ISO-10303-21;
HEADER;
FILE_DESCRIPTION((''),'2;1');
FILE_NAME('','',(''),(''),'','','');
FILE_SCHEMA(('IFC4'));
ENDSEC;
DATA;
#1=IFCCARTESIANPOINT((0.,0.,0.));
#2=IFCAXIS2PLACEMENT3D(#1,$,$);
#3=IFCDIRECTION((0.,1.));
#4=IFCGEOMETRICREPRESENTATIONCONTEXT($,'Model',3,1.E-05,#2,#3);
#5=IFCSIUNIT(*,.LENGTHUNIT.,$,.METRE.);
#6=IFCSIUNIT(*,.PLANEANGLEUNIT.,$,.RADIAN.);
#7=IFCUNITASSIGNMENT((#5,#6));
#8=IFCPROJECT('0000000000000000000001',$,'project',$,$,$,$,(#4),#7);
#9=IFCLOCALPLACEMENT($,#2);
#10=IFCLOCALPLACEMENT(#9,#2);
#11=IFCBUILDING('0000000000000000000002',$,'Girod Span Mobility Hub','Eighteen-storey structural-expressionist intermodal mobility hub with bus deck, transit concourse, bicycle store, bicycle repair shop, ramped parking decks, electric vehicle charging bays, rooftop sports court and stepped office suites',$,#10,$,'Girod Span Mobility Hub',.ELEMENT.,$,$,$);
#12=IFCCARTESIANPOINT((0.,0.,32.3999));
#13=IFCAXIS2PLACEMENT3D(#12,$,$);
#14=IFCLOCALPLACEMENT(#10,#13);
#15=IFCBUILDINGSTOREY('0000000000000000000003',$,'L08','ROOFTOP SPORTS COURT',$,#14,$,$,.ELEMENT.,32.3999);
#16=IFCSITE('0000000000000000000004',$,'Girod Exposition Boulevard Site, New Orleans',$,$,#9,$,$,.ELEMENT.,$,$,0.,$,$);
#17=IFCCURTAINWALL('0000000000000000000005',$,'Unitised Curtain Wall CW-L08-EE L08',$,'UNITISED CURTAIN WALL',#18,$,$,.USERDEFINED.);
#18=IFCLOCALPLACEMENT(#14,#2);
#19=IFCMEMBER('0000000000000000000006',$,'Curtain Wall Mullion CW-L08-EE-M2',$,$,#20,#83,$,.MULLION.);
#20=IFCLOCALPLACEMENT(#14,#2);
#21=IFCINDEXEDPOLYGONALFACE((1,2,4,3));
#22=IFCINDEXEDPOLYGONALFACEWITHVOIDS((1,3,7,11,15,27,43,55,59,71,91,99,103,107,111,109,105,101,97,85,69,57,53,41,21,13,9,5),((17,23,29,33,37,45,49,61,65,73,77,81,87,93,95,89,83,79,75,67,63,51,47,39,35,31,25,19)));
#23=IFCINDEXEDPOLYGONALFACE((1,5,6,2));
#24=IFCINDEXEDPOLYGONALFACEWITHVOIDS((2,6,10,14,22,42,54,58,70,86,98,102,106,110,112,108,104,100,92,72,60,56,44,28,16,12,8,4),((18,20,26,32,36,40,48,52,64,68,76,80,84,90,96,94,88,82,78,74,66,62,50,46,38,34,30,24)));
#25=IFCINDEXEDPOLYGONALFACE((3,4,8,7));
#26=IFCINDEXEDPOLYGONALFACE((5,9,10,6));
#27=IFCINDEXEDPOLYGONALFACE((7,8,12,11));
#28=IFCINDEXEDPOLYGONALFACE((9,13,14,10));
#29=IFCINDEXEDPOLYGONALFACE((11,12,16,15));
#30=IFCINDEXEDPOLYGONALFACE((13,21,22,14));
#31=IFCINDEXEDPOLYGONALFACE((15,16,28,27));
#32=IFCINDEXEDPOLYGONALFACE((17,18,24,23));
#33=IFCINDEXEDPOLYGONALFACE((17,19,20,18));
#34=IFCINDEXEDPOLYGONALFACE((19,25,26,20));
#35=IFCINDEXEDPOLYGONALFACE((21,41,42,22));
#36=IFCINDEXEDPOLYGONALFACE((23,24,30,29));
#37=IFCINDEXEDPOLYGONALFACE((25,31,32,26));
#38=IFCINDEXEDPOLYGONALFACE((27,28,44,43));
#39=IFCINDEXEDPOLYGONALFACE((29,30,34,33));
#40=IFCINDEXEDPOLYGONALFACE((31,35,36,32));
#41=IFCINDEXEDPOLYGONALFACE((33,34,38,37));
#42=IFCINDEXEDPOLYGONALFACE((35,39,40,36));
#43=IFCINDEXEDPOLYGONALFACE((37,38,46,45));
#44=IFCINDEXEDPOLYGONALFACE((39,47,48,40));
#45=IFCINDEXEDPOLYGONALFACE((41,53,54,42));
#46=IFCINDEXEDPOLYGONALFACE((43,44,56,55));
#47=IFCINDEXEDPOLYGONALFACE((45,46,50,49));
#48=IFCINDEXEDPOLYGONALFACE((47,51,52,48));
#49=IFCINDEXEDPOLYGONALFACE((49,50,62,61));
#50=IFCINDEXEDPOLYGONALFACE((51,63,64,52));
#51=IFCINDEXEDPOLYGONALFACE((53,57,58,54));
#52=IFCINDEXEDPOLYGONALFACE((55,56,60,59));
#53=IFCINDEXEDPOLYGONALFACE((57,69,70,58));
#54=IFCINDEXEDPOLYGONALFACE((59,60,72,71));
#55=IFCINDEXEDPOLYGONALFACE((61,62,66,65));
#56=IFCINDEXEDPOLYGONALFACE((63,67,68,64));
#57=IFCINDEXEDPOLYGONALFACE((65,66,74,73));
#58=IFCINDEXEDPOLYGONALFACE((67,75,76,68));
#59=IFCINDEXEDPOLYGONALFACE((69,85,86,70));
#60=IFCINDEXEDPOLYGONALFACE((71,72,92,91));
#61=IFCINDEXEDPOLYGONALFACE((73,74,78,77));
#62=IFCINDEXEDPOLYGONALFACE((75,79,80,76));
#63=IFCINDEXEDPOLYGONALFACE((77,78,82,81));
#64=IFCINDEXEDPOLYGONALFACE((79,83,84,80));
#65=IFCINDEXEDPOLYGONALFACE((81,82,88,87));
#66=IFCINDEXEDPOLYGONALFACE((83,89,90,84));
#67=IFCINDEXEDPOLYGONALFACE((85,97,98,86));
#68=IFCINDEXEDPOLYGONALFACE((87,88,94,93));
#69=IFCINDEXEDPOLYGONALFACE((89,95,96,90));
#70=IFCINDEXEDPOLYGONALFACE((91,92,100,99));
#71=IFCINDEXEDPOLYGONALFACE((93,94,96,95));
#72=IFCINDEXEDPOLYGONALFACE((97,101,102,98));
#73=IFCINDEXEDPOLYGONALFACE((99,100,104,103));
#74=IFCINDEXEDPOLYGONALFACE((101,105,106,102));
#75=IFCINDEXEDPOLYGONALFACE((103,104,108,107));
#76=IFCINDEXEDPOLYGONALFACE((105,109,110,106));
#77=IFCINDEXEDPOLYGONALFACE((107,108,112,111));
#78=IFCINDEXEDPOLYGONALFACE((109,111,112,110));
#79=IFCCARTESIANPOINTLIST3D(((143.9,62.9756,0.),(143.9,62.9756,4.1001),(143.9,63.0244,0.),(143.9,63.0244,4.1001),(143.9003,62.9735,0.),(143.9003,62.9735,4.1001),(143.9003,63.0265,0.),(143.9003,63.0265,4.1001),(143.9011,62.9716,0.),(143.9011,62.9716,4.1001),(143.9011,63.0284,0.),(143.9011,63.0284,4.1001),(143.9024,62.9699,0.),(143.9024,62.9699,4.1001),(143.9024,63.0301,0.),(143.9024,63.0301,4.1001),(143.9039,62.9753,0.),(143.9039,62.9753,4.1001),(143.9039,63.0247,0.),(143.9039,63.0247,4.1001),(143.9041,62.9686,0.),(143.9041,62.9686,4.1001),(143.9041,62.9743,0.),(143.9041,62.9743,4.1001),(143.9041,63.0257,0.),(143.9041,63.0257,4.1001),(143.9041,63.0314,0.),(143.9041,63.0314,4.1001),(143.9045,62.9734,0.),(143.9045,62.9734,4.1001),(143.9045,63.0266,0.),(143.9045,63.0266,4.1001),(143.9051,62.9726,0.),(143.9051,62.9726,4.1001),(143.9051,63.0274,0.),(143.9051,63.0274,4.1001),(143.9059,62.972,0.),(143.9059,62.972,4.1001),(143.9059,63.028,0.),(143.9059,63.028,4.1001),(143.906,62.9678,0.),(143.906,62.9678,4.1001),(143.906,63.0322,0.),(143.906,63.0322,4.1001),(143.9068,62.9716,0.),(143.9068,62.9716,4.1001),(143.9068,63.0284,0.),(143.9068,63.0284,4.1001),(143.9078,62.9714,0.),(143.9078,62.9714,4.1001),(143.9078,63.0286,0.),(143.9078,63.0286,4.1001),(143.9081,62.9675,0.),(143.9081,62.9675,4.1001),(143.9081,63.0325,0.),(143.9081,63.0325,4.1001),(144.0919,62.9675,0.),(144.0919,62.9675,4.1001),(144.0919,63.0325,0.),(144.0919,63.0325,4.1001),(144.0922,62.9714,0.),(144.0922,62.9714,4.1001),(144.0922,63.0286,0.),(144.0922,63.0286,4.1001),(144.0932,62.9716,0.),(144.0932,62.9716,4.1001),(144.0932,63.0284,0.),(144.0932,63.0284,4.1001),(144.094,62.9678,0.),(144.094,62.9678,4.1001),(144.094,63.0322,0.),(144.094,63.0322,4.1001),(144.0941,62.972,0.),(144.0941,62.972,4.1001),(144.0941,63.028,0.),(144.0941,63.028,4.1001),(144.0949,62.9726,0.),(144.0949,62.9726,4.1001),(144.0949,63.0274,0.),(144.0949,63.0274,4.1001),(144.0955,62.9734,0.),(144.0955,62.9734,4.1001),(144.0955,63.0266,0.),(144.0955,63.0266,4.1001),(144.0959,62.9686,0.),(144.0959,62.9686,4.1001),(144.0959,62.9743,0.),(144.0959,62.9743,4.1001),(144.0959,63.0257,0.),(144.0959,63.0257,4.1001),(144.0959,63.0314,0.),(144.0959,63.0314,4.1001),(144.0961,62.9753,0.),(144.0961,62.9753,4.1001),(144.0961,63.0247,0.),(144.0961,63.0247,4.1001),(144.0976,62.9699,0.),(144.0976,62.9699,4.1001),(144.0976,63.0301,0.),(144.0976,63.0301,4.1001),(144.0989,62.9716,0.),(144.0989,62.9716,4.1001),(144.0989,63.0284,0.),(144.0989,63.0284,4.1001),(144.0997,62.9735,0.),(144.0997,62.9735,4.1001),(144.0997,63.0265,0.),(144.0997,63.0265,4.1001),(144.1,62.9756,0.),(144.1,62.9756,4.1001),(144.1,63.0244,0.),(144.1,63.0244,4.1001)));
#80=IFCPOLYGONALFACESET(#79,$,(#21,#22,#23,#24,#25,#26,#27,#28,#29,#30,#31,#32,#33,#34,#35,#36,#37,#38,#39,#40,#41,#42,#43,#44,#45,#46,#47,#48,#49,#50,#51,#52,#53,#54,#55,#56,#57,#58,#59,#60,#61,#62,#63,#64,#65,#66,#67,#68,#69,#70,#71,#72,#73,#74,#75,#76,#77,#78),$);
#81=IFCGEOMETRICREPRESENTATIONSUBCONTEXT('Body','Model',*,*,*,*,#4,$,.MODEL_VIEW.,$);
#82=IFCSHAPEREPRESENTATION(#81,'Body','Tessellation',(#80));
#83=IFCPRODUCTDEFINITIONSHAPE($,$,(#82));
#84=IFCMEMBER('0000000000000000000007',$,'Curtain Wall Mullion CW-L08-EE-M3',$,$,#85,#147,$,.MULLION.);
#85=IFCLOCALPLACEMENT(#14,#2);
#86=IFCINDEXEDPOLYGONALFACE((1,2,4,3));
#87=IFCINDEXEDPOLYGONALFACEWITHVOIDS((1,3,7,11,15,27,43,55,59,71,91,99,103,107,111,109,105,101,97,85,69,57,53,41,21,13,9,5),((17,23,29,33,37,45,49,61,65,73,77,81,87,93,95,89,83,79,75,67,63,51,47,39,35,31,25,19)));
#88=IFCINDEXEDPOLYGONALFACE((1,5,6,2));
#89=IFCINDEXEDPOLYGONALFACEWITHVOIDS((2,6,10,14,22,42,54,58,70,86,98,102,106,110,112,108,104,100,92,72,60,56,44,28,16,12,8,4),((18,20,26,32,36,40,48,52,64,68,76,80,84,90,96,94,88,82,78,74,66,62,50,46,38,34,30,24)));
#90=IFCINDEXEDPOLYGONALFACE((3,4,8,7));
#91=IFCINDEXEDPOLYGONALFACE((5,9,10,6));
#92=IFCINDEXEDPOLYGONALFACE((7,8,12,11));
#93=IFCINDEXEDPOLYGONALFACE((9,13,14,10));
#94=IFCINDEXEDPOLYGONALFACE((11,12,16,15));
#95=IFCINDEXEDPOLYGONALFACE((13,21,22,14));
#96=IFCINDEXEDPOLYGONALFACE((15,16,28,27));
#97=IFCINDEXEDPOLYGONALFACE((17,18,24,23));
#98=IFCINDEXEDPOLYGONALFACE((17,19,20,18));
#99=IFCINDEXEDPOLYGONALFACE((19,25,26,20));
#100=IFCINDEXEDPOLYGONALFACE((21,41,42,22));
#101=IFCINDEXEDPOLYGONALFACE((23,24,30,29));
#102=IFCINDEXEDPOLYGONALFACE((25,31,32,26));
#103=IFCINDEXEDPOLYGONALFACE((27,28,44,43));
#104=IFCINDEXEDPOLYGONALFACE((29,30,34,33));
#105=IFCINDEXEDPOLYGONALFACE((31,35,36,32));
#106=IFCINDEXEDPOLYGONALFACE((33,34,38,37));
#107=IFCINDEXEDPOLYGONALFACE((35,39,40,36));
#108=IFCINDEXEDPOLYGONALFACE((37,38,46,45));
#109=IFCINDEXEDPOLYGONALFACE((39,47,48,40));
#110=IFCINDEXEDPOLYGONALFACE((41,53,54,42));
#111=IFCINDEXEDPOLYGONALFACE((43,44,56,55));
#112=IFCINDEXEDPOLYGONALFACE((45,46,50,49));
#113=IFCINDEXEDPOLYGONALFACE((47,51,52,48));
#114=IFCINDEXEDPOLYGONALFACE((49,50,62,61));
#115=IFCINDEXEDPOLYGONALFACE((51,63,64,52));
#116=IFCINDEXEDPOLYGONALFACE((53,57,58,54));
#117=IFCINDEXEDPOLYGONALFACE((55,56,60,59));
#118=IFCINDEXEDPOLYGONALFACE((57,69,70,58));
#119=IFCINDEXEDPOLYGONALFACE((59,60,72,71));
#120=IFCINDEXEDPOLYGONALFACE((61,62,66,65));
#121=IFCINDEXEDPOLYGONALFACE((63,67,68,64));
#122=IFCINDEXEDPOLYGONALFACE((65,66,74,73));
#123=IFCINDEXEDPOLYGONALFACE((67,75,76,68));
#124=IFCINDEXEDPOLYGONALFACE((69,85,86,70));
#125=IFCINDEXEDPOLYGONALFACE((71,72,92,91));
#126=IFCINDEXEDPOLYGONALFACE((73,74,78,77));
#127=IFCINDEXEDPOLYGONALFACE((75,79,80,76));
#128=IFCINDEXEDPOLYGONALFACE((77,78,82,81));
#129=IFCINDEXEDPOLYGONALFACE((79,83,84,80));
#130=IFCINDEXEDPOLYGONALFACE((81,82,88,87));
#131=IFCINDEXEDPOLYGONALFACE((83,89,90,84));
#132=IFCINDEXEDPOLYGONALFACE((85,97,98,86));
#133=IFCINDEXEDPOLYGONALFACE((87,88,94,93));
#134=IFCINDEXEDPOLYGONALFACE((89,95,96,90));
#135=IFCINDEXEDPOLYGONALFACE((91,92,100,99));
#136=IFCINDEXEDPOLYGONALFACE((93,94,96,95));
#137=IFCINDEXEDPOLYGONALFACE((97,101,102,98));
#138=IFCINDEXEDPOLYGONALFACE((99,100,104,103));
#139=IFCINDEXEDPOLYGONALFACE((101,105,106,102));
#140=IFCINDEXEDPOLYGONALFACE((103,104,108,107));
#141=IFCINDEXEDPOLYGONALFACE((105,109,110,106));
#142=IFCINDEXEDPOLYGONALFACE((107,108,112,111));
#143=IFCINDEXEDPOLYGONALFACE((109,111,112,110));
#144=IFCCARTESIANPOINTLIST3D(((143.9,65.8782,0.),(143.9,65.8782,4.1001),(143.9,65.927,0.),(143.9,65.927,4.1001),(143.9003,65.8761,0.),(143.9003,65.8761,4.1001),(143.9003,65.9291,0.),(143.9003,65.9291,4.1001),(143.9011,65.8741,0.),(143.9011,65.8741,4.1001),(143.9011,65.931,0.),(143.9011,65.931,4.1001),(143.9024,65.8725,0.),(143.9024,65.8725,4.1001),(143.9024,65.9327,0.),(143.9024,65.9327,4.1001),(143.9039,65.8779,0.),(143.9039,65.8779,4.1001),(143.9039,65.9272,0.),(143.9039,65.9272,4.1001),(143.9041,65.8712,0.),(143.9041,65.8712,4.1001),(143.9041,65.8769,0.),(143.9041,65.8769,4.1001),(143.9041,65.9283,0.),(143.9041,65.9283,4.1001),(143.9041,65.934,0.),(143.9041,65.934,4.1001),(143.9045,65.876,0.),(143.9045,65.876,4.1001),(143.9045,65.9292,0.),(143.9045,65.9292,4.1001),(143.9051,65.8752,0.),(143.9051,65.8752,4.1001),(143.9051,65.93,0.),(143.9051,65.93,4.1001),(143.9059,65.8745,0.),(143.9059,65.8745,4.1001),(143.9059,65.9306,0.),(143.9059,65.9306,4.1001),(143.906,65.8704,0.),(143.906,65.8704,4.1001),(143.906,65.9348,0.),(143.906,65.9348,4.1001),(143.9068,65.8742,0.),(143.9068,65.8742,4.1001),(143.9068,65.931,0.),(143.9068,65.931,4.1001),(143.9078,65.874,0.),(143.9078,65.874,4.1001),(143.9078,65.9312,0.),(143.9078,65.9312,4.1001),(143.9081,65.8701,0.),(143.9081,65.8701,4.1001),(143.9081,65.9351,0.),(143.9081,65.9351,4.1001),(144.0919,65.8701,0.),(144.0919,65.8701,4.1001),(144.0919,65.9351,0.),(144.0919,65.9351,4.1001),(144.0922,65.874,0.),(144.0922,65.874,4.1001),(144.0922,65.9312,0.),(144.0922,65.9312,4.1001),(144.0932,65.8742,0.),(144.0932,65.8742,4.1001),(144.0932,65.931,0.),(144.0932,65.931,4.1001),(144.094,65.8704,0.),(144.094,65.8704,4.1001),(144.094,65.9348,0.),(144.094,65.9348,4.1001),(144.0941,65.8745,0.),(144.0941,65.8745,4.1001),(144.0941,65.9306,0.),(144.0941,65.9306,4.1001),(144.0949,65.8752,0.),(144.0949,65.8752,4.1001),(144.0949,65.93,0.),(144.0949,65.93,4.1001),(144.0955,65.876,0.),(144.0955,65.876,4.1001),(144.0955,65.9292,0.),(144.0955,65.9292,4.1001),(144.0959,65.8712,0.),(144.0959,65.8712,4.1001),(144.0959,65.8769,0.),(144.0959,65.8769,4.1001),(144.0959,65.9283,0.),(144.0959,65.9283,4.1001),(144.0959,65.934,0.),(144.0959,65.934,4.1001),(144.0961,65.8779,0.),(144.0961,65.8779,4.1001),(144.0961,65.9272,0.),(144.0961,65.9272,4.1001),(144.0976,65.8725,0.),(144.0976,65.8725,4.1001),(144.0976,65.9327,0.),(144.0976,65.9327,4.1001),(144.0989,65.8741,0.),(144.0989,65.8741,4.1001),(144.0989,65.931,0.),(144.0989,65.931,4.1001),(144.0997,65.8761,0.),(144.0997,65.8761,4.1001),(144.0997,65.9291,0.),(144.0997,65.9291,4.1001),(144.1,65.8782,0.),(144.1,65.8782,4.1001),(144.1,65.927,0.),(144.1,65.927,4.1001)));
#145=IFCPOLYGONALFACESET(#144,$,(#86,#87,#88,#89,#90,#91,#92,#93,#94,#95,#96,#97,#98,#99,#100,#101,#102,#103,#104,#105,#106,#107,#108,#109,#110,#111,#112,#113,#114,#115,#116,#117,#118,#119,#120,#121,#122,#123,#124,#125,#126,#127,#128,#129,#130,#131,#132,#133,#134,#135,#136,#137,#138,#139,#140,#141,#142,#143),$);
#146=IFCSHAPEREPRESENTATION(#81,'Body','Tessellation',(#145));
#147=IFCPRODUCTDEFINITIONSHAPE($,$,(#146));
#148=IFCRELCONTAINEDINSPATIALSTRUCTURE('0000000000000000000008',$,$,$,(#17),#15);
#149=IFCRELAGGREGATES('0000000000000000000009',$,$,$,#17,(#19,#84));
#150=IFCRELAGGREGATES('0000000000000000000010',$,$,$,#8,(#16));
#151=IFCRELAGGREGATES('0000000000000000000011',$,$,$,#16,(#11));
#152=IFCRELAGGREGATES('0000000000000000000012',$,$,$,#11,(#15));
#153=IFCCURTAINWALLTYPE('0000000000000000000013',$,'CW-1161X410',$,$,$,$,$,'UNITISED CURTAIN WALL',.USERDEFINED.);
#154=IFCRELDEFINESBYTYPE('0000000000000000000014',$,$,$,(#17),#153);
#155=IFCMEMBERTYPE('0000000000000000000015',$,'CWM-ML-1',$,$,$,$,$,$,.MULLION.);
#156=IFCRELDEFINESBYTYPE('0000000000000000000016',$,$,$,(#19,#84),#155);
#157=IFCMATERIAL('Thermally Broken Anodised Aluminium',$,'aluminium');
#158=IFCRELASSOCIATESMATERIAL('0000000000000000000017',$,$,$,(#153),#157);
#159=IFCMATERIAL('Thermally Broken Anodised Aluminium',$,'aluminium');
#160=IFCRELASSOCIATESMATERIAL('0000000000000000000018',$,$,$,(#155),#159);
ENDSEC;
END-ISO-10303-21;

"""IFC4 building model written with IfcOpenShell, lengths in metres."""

from ifc_helpers import new_model, si_unit, direction, frame, origin, origin_2d, place, context, subcontext, project, spatial, hollow_rectangle, extrude, material, material_profile, profile_set, type_object, element, aggregate, save


model = new_model("IFC4")

# Units and contexts
model_context = context("Model", 3, precision=1e-05, world=origin(), true_north=direction((0.0, 1.0)))
body_context = subcontext(model_context, "Body", "Model", "MODEL_VIEW")
ifc_project = project(units=[si_unit("LENGTHUNIT", "METRE"), si_unit("PLANEANGLEUNIT", "RADIAN")], contexts=[model_context])

# Site, building, storey
site_placement = place(None, origin())
site = spatial("IfcSite", under=ifc_project, at=site_placement, Name="Girod Exposition Boulevard Site, New Orleans", CompositionType="ELEMENT", RefElevation=0.0)
building_placement = place(site_placement, origin())
building = spatial("IfcBuilding", under=site, at=building_placement, Name="Girod Span Mobility Hub", Description="Eighteen-storey structural-expressionist intermodal mobility hub with bus deck, transit concourse, bicycle store, bicycle repair shop, ramped parking decks, electric vehicle charging bays, rooftop sports court and stepped office suites", LongName="Girod Span Mobility Hub", CompositionType="ELEMENT")
storey_placement = place(building_placement, frame((0.0, 0.0, 32.3999)))
storey = spatial("IfcBuildingStorey", under=building, at=storey_placement, Name="L08", Description="ROOFTOP SPORTS COURT", CompositionType="ELEMENT", Elevation=32.3999)

# Shared definitions
ifc_material_1 = material(Name="Thermally Broken Anodised Aluminium", Category="aluminium")
curtain_wall_type = type_object("IfcCurtainWallType", Name="CW-1161X410", ElementType="UNITISED CURTAIN WALL", PredefinedType="USERDEFINED", material=ifc_material_1)
ifc_material_2 = material(Name="Thermally Broken Anodised Aluminium", Category="aluminium")
ifc_material_profile_1 = material_profile(ifc_material_2, hollow_rectangle(XDim=0.2, YDim=0.0649, WallThickness=0.0039, InnerFilletRadius=0.0039, OuterFilletRadius=0.0081, at=origin_2d()), Name="CW-ML-65X200")
ifc_profile_set_1 = profile_set([ifc_material_profile_1], Name="Thermally Broken Anodised Aluminium")
member_type_1 = type_object("IfcMemberType", Name="CWM-ML-1", PredefinedType="MULLION", material=ifc_profile_set_1)

# Curtain wall, members
curtain_wall_1_placement = place(storey_placement, origin())
curtain_wall_1 = element("IfcCurtainWall", 1, at=curtain_wall_1_placement, inside=storey, type_object=curtain_wall_type, Name="Unitised Curtain Wall CW-L08-EE L08", ObjectType="UNITISED CURTAIN WALL", PredefinedType="USERDEFINED")
member_1_placement = place(storey_placement, frame((144.0, 63.0, 0.0), z_axis=(0.0, 0.0, 1.0), x_axis=(1.0, 0.0, 0.0)))
member_1 = element("IfcMember", 2, at=member_1_placement, type_object=member_type_1, Name="Curtain Wall Mullion CW-L08-EE-M2", PredefinedType="MULLION", context=body_context, shape_type="SweptSolid", body=[
    extrude(hollow_rectangle(XDim=0.2, YDim=0.0649, WallThickness=0.0039, InnerFilletRadius=0.0039, OuterFilletRadius=0.0081, at=origin_2d()), origin(), (0.0, 0.0, 1.0), 4.1001),
])
member_2_placement = place(storey_placement, frame((144.0, 65.9026, 0.0), z_axis=(0.0, 0.0, 1.0), x_axis=(1.0, 0.0, 0.0)))
member_2 = element("IfcMember", 3, at=member_2_placement, type_object=member_type_1, Name="Curtain Wall Mullion CW-L08-EE-M3", PredefinedType="MULLION", context=body_context, shape_type="SweptSolid", body=[
    extrude(hollow_rectangle(XDim=0.2, YDim=0.0649, WallThickness=0.0039, InnerFilletRadius=0.0039, OuterFilletRadius=0.0081, at=origin_2d()), origin(), (0.0, 0.0, 1.0), 4.1001),
])

aggregate(curtain_wall_1, [member_1, member_2])

save(model, "model.ifc")
